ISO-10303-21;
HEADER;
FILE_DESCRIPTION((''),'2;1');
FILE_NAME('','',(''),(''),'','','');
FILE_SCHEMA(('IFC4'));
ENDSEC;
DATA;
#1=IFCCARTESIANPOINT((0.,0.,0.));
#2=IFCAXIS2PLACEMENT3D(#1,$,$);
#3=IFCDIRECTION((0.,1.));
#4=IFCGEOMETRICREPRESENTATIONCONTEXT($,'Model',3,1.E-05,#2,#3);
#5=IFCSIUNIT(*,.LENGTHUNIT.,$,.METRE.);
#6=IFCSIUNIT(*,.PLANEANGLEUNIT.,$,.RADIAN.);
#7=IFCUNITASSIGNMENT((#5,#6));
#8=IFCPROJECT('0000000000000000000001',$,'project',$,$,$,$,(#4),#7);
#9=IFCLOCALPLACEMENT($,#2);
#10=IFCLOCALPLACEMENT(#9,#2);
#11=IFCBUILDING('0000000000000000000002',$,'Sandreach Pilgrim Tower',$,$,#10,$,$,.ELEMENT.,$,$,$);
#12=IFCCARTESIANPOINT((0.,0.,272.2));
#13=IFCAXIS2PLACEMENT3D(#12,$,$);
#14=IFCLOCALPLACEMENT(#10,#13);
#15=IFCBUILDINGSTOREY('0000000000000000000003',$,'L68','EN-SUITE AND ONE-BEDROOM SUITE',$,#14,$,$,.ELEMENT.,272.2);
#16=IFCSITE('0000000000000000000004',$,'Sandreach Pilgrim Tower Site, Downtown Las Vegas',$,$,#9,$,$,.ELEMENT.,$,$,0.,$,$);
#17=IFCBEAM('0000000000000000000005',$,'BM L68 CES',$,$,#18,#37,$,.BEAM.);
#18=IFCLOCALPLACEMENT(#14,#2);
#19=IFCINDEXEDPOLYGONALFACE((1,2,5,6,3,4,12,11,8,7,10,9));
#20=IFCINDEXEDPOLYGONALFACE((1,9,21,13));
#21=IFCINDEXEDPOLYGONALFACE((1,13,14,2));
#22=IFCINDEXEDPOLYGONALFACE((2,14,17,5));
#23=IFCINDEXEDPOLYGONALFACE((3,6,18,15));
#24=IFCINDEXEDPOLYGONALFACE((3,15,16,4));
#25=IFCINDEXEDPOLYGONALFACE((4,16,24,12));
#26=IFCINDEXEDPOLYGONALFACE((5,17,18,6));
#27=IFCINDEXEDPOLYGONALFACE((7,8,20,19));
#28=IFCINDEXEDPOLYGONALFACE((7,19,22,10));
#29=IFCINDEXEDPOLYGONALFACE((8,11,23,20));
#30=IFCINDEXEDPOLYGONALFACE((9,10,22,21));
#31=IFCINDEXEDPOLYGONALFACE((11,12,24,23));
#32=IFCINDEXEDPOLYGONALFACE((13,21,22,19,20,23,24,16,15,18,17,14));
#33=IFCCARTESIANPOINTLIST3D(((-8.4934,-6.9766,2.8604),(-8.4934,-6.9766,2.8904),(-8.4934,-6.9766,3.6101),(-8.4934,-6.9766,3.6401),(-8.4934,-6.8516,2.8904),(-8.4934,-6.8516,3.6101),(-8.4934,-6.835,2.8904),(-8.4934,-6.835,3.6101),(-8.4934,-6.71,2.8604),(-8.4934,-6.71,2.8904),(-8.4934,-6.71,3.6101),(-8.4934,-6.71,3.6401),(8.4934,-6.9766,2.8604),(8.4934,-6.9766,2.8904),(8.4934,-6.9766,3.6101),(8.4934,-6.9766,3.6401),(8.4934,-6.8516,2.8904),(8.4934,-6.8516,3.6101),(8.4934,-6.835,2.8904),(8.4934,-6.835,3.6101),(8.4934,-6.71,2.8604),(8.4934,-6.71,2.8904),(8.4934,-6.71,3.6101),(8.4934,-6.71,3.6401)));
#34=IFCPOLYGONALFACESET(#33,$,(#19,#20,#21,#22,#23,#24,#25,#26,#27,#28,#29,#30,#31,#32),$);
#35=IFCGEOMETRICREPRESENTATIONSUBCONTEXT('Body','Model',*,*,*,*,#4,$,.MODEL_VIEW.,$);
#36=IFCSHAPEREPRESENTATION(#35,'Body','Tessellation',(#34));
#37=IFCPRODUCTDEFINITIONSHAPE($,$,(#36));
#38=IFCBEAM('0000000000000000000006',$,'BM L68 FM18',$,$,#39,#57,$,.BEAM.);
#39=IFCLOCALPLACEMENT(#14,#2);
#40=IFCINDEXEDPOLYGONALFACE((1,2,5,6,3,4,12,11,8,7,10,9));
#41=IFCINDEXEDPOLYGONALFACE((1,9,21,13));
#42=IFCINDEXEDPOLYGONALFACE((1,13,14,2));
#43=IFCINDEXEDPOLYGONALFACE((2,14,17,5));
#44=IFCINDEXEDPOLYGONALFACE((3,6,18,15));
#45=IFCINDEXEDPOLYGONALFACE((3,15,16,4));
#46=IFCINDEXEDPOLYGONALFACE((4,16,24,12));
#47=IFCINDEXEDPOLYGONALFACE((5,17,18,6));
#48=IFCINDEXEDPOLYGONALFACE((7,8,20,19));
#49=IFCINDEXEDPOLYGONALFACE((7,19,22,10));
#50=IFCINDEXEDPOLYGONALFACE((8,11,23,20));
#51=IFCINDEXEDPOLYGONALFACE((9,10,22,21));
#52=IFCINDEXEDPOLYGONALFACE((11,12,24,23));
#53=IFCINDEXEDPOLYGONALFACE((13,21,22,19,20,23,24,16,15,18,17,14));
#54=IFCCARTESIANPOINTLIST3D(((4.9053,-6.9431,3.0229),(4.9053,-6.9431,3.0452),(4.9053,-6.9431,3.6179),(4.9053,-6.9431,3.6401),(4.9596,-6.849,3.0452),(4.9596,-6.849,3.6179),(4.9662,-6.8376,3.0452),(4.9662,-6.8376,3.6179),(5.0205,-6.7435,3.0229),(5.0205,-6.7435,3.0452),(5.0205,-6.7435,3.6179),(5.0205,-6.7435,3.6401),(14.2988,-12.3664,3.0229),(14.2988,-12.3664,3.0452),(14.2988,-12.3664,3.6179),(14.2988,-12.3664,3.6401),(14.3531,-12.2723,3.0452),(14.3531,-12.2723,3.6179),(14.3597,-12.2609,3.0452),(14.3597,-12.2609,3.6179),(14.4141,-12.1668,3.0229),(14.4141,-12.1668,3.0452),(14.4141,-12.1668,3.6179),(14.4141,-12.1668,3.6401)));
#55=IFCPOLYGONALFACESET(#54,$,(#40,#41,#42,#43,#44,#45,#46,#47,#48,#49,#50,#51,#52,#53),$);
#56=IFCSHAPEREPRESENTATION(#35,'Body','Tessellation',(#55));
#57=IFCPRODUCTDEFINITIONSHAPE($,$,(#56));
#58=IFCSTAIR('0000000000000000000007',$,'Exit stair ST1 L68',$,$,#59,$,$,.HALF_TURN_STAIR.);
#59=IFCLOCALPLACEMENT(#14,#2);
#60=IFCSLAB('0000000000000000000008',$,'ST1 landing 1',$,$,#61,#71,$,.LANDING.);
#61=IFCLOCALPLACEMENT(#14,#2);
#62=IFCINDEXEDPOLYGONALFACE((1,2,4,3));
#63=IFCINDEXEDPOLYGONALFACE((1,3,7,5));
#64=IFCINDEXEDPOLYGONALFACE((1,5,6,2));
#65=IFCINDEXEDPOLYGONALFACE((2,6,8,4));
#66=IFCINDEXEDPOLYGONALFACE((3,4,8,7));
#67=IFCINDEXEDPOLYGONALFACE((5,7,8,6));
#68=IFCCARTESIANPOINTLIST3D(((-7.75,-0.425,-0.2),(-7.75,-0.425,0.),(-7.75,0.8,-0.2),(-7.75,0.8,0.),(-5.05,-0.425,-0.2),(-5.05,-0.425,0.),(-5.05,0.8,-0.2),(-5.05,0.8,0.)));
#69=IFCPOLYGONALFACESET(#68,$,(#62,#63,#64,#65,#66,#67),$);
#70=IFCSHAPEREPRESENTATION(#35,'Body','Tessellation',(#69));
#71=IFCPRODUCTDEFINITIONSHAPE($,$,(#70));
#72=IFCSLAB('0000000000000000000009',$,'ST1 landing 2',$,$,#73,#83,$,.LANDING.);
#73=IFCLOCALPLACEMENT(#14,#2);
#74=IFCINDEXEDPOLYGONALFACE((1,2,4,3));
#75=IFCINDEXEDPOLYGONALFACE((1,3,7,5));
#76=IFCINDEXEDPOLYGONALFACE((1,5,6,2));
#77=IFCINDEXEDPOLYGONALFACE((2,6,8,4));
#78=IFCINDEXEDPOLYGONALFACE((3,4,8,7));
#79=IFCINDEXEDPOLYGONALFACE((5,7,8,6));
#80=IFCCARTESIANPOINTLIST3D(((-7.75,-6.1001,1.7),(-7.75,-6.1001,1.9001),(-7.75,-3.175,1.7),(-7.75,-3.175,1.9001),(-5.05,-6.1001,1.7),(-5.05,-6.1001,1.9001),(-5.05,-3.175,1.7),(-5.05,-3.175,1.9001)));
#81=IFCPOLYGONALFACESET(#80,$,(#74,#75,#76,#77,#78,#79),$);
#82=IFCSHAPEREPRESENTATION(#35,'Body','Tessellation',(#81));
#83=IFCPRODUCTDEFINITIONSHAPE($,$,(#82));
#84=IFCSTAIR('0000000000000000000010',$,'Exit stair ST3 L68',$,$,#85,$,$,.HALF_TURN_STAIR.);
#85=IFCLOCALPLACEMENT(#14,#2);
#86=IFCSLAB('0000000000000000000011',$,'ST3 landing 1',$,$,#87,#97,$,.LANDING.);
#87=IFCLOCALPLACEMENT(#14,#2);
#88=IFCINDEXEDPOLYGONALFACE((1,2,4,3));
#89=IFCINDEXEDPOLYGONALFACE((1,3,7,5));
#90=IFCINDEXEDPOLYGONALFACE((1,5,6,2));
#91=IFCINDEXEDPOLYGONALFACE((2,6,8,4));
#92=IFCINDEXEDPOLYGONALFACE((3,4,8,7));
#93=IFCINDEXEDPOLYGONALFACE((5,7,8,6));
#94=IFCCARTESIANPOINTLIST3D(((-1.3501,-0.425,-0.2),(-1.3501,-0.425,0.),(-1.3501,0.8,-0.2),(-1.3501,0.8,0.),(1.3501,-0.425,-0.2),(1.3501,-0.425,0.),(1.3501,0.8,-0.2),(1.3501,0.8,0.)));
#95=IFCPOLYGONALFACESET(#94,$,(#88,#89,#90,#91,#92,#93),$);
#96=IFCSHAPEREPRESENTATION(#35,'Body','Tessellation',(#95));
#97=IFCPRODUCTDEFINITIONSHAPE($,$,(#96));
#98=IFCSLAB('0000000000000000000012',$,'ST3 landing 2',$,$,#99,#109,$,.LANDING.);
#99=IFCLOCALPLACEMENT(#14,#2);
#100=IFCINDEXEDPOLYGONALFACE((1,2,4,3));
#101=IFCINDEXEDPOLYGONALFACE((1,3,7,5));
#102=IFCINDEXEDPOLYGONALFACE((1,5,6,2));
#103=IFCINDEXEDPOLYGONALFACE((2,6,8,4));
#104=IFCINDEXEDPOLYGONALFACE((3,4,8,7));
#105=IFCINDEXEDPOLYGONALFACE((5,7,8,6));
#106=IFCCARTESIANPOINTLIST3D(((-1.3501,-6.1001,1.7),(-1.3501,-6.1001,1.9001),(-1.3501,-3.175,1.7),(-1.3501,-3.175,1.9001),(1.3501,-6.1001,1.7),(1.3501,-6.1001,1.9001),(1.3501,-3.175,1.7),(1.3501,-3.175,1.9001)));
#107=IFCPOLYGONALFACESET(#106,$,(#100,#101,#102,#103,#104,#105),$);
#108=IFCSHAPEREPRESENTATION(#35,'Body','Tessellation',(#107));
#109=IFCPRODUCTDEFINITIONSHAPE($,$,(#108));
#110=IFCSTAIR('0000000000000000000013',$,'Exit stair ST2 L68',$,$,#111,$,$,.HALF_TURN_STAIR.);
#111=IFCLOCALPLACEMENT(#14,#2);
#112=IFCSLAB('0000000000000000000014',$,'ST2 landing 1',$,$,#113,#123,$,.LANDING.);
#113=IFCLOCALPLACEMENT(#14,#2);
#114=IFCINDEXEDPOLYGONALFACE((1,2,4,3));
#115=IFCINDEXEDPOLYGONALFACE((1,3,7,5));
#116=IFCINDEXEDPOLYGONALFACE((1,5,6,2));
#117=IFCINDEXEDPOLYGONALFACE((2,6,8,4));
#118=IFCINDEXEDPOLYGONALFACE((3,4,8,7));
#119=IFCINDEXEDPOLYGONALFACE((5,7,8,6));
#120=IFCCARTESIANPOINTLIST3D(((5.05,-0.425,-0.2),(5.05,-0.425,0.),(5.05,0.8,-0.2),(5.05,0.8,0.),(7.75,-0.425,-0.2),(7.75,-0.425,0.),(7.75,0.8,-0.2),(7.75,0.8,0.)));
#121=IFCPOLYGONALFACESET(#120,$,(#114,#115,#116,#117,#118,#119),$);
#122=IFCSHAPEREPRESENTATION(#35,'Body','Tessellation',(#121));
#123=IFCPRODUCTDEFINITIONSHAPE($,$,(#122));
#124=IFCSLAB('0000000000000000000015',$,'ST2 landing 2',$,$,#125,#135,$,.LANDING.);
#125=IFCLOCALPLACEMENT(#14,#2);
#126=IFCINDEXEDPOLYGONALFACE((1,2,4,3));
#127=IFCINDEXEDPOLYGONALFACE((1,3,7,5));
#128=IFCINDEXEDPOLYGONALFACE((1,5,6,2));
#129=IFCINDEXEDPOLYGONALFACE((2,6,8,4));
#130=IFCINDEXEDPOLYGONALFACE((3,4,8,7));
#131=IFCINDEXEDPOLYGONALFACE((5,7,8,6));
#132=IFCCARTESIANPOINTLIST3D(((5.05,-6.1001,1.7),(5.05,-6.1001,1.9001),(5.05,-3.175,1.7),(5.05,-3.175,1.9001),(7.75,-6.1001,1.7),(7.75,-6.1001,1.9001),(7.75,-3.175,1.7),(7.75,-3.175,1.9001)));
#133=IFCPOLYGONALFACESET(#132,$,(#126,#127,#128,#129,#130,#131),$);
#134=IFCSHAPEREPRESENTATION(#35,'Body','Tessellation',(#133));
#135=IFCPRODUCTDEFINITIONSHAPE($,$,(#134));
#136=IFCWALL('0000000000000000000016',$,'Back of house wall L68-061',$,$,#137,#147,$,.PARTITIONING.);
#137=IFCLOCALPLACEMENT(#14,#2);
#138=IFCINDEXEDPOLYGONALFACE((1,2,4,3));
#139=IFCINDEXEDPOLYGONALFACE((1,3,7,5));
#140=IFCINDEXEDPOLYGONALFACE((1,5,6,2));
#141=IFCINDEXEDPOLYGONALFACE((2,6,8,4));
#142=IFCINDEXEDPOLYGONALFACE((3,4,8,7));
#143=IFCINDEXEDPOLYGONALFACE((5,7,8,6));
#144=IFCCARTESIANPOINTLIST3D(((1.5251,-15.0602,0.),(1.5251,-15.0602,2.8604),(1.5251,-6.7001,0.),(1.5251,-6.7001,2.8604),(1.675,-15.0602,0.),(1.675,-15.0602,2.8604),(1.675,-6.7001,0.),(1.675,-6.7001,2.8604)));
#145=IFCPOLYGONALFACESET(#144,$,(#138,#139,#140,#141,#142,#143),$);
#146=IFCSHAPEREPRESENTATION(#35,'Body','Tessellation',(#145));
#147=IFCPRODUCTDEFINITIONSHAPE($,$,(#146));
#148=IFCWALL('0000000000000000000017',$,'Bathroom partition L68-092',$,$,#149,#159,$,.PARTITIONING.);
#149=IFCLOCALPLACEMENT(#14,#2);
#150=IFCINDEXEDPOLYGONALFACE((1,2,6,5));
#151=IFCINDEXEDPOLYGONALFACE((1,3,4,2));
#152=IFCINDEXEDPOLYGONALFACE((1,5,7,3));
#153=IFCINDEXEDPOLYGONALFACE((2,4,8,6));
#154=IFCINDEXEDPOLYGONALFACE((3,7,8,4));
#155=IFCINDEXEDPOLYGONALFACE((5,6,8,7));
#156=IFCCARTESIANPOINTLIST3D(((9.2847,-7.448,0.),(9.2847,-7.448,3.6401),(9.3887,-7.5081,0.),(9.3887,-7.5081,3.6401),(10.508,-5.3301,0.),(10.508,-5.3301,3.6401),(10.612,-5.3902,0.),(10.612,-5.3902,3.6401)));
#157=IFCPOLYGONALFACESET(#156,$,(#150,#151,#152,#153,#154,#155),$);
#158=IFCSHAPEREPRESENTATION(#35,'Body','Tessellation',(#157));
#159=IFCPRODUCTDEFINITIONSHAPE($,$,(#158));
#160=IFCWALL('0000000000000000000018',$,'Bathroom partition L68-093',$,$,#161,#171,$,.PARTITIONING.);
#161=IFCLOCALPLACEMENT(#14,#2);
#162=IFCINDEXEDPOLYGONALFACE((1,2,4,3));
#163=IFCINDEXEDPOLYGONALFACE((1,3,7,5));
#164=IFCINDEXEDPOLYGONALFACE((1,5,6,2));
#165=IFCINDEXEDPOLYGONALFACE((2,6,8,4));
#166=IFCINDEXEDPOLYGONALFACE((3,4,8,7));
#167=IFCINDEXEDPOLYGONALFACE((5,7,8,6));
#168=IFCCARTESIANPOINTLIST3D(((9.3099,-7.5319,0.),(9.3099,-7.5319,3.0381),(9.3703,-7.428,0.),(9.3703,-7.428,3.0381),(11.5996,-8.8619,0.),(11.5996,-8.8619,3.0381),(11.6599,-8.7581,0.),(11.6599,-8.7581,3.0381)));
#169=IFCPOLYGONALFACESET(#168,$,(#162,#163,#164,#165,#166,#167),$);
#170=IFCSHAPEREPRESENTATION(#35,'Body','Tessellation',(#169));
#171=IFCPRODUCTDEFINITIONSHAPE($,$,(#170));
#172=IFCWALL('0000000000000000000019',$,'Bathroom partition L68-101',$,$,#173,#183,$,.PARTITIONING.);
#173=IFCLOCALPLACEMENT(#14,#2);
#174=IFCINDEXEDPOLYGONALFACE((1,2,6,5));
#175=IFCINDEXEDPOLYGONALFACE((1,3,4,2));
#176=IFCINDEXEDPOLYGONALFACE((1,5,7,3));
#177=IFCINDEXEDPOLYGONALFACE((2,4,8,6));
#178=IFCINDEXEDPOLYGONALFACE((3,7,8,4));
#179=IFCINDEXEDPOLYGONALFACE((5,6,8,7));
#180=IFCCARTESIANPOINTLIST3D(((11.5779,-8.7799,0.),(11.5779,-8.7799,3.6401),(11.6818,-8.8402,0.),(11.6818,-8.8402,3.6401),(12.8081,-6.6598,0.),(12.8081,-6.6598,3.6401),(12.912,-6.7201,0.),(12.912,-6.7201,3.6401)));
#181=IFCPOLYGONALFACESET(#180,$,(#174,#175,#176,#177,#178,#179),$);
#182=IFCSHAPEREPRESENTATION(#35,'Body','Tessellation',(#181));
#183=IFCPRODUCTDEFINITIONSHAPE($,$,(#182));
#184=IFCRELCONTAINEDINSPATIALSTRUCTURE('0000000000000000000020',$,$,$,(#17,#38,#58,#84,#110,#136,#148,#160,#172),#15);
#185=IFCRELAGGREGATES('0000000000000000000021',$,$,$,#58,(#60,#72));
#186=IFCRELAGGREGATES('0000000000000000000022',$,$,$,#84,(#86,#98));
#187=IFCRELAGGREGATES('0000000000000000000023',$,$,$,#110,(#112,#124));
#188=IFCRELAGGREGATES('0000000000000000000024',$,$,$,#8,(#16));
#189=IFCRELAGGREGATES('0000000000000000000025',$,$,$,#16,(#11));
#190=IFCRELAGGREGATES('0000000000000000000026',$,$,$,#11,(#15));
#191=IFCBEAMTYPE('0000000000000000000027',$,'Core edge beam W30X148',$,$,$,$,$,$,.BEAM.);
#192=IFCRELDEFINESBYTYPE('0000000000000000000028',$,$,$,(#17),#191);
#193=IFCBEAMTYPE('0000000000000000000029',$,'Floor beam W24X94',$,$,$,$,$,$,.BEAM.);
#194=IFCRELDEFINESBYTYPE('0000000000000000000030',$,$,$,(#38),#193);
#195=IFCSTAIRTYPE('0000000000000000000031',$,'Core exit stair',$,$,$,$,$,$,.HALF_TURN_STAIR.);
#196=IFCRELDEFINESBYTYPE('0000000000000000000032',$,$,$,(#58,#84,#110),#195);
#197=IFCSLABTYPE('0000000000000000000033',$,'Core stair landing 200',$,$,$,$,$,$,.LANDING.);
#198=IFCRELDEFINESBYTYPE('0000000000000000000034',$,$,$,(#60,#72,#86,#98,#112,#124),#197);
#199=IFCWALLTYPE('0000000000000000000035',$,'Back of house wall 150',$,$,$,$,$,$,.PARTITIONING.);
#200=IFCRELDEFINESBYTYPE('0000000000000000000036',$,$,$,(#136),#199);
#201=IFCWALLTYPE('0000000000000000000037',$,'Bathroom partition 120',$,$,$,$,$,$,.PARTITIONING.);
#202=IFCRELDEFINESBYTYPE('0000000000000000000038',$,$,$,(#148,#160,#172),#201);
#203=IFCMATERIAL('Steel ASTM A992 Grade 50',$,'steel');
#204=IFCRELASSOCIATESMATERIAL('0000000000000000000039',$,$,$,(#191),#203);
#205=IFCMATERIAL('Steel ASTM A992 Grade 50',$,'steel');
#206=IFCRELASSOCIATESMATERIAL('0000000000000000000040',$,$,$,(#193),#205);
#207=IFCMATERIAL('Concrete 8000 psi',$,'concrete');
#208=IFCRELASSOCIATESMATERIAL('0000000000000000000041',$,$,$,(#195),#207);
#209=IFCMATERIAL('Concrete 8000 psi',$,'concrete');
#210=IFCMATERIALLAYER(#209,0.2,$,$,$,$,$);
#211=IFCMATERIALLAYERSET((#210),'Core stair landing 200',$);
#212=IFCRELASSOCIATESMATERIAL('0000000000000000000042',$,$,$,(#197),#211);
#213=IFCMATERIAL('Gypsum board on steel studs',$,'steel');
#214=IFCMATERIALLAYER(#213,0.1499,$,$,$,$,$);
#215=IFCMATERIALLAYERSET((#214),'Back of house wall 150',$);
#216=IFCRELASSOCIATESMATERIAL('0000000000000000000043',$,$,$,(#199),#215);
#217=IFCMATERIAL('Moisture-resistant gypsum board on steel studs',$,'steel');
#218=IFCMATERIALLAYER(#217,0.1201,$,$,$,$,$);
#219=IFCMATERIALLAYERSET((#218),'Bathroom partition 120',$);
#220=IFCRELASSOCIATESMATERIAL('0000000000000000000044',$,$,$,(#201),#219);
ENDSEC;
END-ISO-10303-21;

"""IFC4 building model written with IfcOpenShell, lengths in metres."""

from ifc_helpers import new_model, si_unit, direction, frame, frame_2d, origin, origin_2d, place, context, subcontext, project, spatial, polyline, rectangle, i_section, outline, extrude, material, layer, layer_set, material_profile, profile_set, type_object, element, aggregate, save


model = new_model("IFC4")

# Units and contexts
model_context = context("Model", 3, precision=1e-05, world=origin(), true_north=direction((0.0, 1.0)))
body_context = subcontext(model_context, "Body", "Model", "MODEL_VIEW")
ifc_project = project(units=[si_unit("LENGTHUNIT", "METRE"), si_unit("PLANEANGLEUNIT", "RADIAN")], contexts=[model_context])

# Site, building, storey
site_placement = place(None, origin())
site = spatial("IfcSite", under=ifc_project, at=site_placement, Name="Sandreach Pilgrim Tower Site, Downtown Las Vegas", CompositionType="ELEMENT", RefElevation=0.0)
building_placement = place(site_placement, origin())
building = spatial("IfcBuilding", under=site, at=building_placement, Name="Sandreach Pilgrim Tower", CompositionType="ELEMENT")
storey_placement = place(building_placement, frame((0.0, 0.0, 272.2)))
storey = spatial("IfcBuildingStorey", under=building, at=storey_placement, Name="L68", Description="EN-SUITE AND ONE-BEDROOM SUITE", CompositionType="ELEMENT", Elevation=272.2)

# Beams
ifc_material_1 = material(Name="Steel ASTM A992 Grade 50", Category="steel")
ifc_material_profile_1 = material_profile(ifc_material_1, i_section(OverallWidth=0.2666, OverallDepth=0.7798, WebThickness=0.0166, FlangeThickness=0.03, at=origin_2d()), Name="W30X148")
ifc_profile_set_1 = profile_set([ifc_material_profile_1], Name="Steel ASTM A992 Grade 50")
beam_type_1 = type_object("IfcBeamType", Name="Core edge beam W30X148", PredefinedType="BEAM", material=ifc_profile_set_1)
beam_1_placement = place(storey_placement, frame((8.4934, -6.8433, 3.2502), z_axis=(-1.0, 0.0, 0.0), x_axis=(0.0, -1.0, 0.0)))
element("IfcBeam", 1, at=beam_1_placement, inside=storey, type_object=beam_type_1, Name="BM L68 CES", PredefinedType="BEAM", context=body_context, shape_type="SweptSolid", body=[
    extrude(i_section(OverallWidth=0.2666, OverallDepth=0.7798, WebThickness=0.0166, FlangeThickness=0.03, at=origin_2d()), origin(), (0.0, 0.0, 1.0), 16.9868),
])
ifc_material_2 = material(Name="Steel ASTM A992 Grade 50", Category="steel")
ifc_material_profile_2 = material_profile(ifc_material_2, i_section(OverallWidth=0.2305, OverallDepth=0.6172, WebThickness=0.0132, FlangeThickness=0.0222, at=origin_2d()), Name="W24X94")
ifc_profile_set_2 = profile_set([ifc_material_profile_2], Name="Steel ASTM A992 Grade 50")
beam_type_2 = type_object("IfcBeamType", Name="Floor beam W24X94", PredefinedType="BEAM", material=ifc_profile_set_2)
beam_2_placement = place(storey_placement, frame((14.3564, -12.2666, 3.3315), z_axis=(-0.866027, 0.499998, 0.0), x_axis=(-0.499998, -0.866027, 0.0)))
element("IfcBeam", 2, at=beam_2_placement, inside=storey, type_object=beam_type_2, Name="BM L68 FM18", PredefinedType="BEAM", context=body_context, shape_type="SweptSolid", body=[
    extrude(i_section(OverallWidth=0.2305, OverallDepth=0.6172, WebThickness=0.0132, FlangeThickness=0.0222, at=origin_2d()), origin(), (0.0, 0.0, 1.0), 10.8467),
])

# Stairs, slabs
ifc_material_3 = material(Name="Concrete 8000 psi", Category="concrete")
stair_type = type_object("IfcStairType", Name="Core exit stair", PredefinedType="HALF_TURN_STAIR", material=ifc_material_3)
stair_1_placement = place(storey_placement, origin())
stair_1 = element("IfcStair", 3, at=stair_1_placement, inside=storey, type_object=stair_type, Name="Exit stair ST1 L68", PredefinedType="HALF_TURN_STAIR")
ifc_material_4 = material(Name="Concrete 8000 psi", Category="concrete")
ifc_layer_1 = layer(ifc_material_4, 0.2)
ifc_layer_set_1 = layer_set([ifc_layer_1], Name="Core stair landing 200")
slab_type = type_object("IfcSlabType", Name="Core stair landing 200", PredefinedType="LANDING", material=ifc_layer_set_1)
slab_1_placement = place(storey_placement, frame((0.0, 0.0, -0.2)))
slab_1 = element("IfcSlab", 4, at=slab_1_placement, type_object=slab_type, Name="ST1 landing 1", PredefinedType="LANDING", context=body_context, shape_type="SweptSolid", body=[
    extrude(outline(polyline([(-7.75, -0.425), (-5.05, -0.425), (-5.05, 0.8), (-7.75, 0.8), (-7.75, -0.425)])), origin(), (0.0, 0.0, 1.0), 0.2),
])
slab_2_placement = place(storey_placement, frame((0.0, 0.0, 1.7)))
slab_2 = element("IfcSlab", 5, at=slab_2_placement, type_object=slab_type, Name="ST1 landing 2", PredefinedType="LANDING", context=body_context, shape_type="SweptSolid", body=[
    extrude(outline(polyline([(-7.75, -6.1001), (-5.05, -6.1001), (-5.05, -3.175), (-7.75, -3.175), (-7.75, -6.1001)])), origin(), (0.0, 0.0, 1.0), 0.2002),
])
aggregate(stair_1, [slab_1, slab_2])
stair_2_placement = place(storey_placement, origin())
stair_2 = element("IfcStair", 6, at=stair_2_placement, inside=storey, type_object=stair_type, Name="Exit stair ST3 L68", PredefinedType="HALF_TURN_STAIR")
slab_3_placement = place(storey_placement, frame((0.0, 0.0, -0.2)))
slab_3 = element("IfcSlab", 7, at=slab_3_placement, type_object=slab_type, Name="ST3 landing 1", PredefinedType="LANDING", context=body_context, shape_type="SweptSolid", body=[
    extrude(outline(polyline([(-1.3501, -0.425), (1.3501, -0.425), (1.3501, 0.8), (-1.3501, 0.8), (-1.3501, -0.425)])), origin(), (0.0, 0.0, 1.0), 0.2),
])
slab_4_placement = place(storey_placement, frame((0.0, 0.0, 1.7)))
slab_4 = element("IfcSlab", 8, at=slab_4_placement, type_object=slab_type, Name="ST3 landing 2", PredefinedType="LANDING", context=body_context, shape_type="SweptSolid", body=[
    extrude(outline(polyline([(-1.3501, -6.1001), (1.3501, -6.1001), (1.3501, -3.175), (-1.3501, -3.175), (-1.3501, -6.1001)])), origin(), (0.0, 0.0, 1.0), 0.2002),
])
stair_3_placement = place(storey_placement, origin())
stair_3 = element("IfcStair", 9, at=stair_3_placement, inside=storey, type_object=stair_type, Name="Exit stair ST2 L68", PredefinedType="HALF_TURN_STAIR")
slab_5_placement = place(storey_placement, frame((0.0, 0.0, -0.2)))
slab_5 = element("IfcSlab", 10, at=slab_5_placement, type_object=slab_type, Name="ST2 landing 1", PredefinedType="LANDING", context=body_context, shape_type="SweptSolid", body=[
    extrude(outline(polyline([(5.05, -0.425), (7.75, -0.425), (7.75, 0.8), (5.05, 0.8), (5.05, -0.425)])), origin(), (0.0, 0.0, 1.0), 0.2),
])
slab_6_placement = place(storey_placement, frame((0.0, 0.0, 1.7)))
slab_6 = element("IfcSlab", 11, at=slab_6_placement, type_object=slab_type, Name="ST2 landing 2", PredefinedType="LANDING", context=body_context, shape_type="SweptSolid", body=[
    extrude(outline(polyline([(5.05, -6.1001), (7.75, -6.1001), (7.75, -3.175), (5.05, -3.175), (5.05, -6.1001)])), origin(), (0.0, 0.0, 1.0), 0.2002),
])

# Walls
ifc_material_5 = material(Name="Gypsum board on steel studs", Category="steel")
ifc_layer_2 = layer(ifc_material_5, 0.1499)
ifc_layer_set_2 = layer_set([ifc_layer_2], Name="Back of house wall 150")
wall_type_1 = type_object("IfcWallType", Name="Back of house wall 150", PredefinedType="PARTITIONING", material=ifc_layer_set_2)
wall_1_placement = place(storey_placement, frame((1.6001, -6.7, 0.0), z_axis=(0.0, 0.0, 1.0), x_axis=(0.0, -1.0, 0.0)))
element("IfcWall", 12, at=wall_1_placement, inside=storey, type_object=wall_type_1, Name="Back of house wall L68-061", PredefinedType="PARTITIONING", context=body_context, shape_type="SweptSolid", body=[
    extrude(rectangle(XDim=8.3601, YDim=0.1499, at=frame_2d((4.1802, 0.0))), origin(), (0.0, 0.0, 1.0), 2.8604),
])
ifc_material_6 = material(Name="Moisture-resistant gypsum board on steel studs", Category="steel")
ifc_layer_3 = layer(ifc_material_6, 0.1201)
ifc_layer_set_3 = layer_set([ifc_layer_3], Name="Bathroom partition 120")
wall_type_2 = type_object("IfcWallType", Name="Bathroom partition 120", PredefinedType="PARTITIONING", material=ifc_layer_set_3)
wall_2_placement = place(storey_placement, frame((9.3367, -7.478, 0.0), z_axis=(0.0, 0.0, 1.0), x_axis=(0.500186, 0.865918, 0.0)))
element("IfcWall", 13, at=wall_2_placement, inside=storey, type_object=wall_type_2, Name="Bathroom partition L68-092", PredefinedType="PARTITIONING", context=body_context, shape_type="SweptSolid", body=[
    extrude(rectangle(XDim=2.4458, YDim=0.1201, at=frame_2d((1.2229, 0.0))), origin(), (0.0, 0.0, 1.0), 3.6401),
])
wall_3_placement = place(storey_placement, frame((9.3401, -7.48, 0.0), z_axis=(0.0, 0.0, 1.0), x_axis=(0.864704, -0.502282, 0.0)))
element("IfcWall", 14, at=wall_3_placement, inside=storey, type_object=wall_type_2, Name="Bathroom partition L68-093", PredefinedType="PARTITIONING", context=body_context, shape_type="SweptSolid", body=[
    extrude(rectangle(XDim=2.6479, YDim=0.1201, at=frame_2d((1.324, 0.0))), origin(), (0.0, 0.0, 1.0), 3.0381),
])
wall_4_placement = place(storey_placement, frame((11.6299, -8.8101, 0.0), z_axis=(0.0, 0.0, 1.0), x_axis=(0.501888, 0.864933, 0.0)))
element("IfcWall", 15, at=wall_4_placement, inside=storey, type_object=wall_type_2, Name="Bathroom partition L68-101", PredefinedType="PARTITIONING", context=body_context, shape_type="SweptSolid", body=[
    extrude(rectangle(XDim=2.4512, YDim=0.1201, at=frame_2d((1.2256, 0.0))), origin(), (0.0, 0.0, 1.0), 3.6401),
])

aggregate(stair_2, [slab_3, slab_4])
aggregate(stair_3, [slab_5, slab_6])

save(model, "model.ifc")
